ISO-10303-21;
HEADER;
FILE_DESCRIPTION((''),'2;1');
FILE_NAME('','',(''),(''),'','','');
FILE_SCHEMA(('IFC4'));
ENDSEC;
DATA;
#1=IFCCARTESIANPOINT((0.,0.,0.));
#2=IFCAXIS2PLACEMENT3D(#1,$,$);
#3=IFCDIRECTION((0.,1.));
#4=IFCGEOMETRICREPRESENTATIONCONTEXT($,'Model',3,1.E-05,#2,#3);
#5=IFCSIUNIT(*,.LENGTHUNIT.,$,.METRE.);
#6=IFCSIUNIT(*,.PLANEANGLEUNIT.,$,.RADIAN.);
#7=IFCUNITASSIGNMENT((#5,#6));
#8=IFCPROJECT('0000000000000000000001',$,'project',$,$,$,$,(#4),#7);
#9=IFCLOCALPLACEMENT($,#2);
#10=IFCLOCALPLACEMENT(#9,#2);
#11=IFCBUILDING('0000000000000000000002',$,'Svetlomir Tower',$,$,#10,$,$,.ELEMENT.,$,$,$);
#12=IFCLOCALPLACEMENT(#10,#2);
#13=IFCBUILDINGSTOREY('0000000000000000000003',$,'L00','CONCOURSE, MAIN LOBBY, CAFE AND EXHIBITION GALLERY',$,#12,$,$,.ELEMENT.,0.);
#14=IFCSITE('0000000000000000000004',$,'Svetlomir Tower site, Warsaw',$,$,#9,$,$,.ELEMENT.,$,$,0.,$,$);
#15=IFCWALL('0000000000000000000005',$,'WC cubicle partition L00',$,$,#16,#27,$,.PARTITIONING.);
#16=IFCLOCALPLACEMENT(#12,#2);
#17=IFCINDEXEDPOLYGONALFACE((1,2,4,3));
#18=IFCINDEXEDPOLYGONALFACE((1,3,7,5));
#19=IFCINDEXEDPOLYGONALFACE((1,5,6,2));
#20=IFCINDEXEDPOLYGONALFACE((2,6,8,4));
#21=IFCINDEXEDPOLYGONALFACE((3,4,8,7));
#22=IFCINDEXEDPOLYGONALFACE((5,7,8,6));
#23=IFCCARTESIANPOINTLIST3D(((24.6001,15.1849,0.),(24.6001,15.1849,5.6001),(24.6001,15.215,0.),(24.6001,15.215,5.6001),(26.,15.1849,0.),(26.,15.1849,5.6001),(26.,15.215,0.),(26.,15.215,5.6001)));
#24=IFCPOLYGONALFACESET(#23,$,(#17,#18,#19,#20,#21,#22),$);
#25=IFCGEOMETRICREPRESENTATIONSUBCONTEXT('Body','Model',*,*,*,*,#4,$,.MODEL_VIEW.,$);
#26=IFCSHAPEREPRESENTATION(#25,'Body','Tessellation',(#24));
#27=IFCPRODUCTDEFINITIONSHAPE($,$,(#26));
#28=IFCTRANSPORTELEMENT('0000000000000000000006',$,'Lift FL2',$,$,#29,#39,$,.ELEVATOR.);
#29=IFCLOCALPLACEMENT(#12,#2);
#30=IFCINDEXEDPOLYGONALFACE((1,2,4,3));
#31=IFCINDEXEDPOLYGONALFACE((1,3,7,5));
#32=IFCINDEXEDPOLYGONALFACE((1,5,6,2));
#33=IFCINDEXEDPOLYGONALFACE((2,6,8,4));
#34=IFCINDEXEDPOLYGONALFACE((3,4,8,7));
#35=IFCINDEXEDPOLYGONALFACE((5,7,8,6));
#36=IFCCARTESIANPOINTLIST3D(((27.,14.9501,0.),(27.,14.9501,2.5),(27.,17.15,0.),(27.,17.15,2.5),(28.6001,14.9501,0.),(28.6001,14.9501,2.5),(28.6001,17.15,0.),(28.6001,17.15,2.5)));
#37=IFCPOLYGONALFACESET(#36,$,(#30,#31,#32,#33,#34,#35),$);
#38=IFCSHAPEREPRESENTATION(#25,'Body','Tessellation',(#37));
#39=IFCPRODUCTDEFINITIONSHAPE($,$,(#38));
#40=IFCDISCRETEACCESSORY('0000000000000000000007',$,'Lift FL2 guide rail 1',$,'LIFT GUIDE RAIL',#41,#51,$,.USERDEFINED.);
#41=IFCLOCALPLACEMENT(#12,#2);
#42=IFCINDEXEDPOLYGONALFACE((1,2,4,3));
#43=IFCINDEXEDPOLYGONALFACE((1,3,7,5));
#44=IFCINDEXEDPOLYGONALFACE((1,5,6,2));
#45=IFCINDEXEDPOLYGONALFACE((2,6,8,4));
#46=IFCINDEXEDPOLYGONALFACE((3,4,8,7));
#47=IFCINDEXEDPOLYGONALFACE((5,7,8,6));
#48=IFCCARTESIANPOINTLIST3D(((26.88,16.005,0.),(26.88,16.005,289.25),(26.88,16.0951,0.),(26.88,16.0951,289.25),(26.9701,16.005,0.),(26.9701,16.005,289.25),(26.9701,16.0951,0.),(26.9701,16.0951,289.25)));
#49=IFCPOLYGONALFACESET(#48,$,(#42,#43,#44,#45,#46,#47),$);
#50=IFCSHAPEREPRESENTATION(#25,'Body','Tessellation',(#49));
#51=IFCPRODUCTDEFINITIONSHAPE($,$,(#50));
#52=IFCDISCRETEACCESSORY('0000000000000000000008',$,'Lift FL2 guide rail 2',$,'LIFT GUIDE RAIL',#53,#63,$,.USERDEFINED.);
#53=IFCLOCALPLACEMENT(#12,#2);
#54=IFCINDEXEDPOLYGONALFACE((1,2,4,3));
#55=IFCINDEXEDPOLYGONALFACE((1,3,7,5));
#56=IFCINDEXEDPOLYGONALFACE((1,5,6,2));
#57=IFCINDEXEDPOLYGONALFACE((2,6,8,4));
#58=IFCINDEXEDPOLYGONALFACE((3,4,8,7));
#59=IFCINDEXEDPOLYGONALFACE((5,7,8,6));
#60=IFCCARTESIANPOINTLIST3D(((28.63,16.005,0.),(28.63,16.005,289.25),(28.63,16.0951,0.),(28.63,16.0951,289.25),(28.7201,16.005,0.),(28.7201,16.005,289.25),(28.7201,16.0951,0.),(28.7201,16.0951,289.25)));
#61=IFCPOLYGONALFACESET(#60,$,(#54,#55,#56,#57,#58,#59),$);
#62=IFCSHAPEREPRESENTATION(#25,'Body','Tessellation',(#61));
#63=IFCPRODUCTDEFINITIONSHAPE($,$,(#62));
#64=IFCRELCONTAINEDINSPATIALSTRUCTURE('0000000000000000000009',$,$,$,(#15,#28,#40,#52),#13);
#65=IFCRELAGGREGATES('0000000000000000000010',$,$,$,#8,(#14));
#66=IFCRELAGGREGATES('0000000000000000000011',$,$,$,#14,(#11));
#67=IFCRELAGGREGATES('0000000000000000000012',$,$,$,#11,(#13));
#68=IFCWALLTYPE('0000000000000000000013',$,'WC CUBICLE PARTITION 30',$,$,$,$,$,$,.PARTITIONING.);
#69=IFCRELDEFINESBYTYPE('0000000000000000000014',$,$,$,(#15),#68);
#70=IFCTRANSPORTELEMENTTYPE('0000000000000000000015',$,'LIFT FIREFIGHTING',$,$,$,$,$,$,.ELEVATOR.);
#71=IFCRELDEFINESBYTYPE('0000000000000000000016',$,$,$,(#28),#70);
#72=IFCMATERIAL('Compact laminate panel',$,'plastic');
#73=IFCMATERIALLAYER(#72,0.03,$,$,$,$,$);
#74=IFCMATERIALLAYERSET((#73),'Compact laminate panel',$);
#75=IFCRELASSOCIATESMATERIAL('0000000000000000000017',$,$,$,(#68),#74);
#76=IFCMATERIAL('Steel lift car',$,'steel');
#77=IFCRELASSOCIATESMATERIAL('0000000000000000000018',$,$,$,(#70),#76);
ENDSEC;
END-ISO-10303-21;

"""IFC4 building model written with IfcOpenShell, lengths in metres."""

from ifc_helpers import new_model, si_unit, direction, frame, frame_2d, origin, origin_2d, place, context, subcontext, project, spatial, rectangle, extrude, material, layer, layer_set, type_object, element, save


model = new_model("IFC4")

# Units and contexts
model_context = context("Model", 3, precision=1e-05, world=origin(), true_north=direction((0.0, 1.0)))
body_context = subcontext(model_context, "Body", "Model", "MODEL_VIEW")
ifc_project = project(units=[si_unit("LENGTHUNIT", "METRE"), si_unit("PLANEANGLEUNIT", "RADIAN")], contexts=[model_context])

# Site, building, storey
site_placement = place(None, origin())
site = spatial("IfcSite", under=ifc_project, at=site_placement, Name="Svetlomir Tower site, Warsaw", CompositionType="ELEMENT", RefElevation=0.0)
building_placement = place(site_placement, origin())
building = spatial("IfcBuilding", under=site, at=building_placement, Name="Svetlomir Tower", CompositionType="ELEMENT")
storey_placement = place(building_placement, origin())
storey = spatial("IfcBuildingStorey", under=building, at=storey_placement, Name="L00", Description="CONCOURSE, MAIN LOBBY, CAFE AND EXHIBITION GALLERY", CompositionType="ELEMENT", Elevation=0.0)

# Wall
ifc_material_1 = material(Name="Compact laminate panel", Category="plastic")
ifc_layer_1 = layer(ifc_material_1, 0.03)
ifc_layer_set_1 = layer_set([ifc_layer_1], Name="Compact laminate panel")
wall_type_1 = type_object("IfcWallType", Name="WC CUBICLE PARTITION 30", PredefinedType="PARTITIONING", material=ifc_layer_set_1)
for number, where, z_axis, x_axis, name in (
    (1, (24.6001, 15.2, 0.0), (0.0, 0.0, 1.0), (1.0, 0.0, 0.0), "WC cubicle partition L00"),
):
    element("IfcWall", number, at=place(storey_placement, frame(where, z_axis=z_axis, x_axis=x_axis)), inside=storey, type_object=wall_type_1, Name=name, PredefinedType="PARTITIONING", context=body_context, shape_type="SweptSolid", body=[
        extrude(rectangle(XDim=1.3999, YDim=0.03, at=frame_2d((0.7, 0.0))), origin(), (0.0, 0.0, 1.0), 5.6001),
    ])

# Transport element
ifc_material_2 = material(Name="Steel lift car", Category="steel")
transport_element_type = type_object("IfcTransportElementType", Name="LIFT FIREFIGHTING", PredefinedType="ELEVATOR", material=ifc_material_2)
transport_element_placement = place(storey_placement, frame((27.8, 16.05, 0.0), z_axis=(0.0, 0.0, 1.0), x_axis=(1.0, 0.0, 0.0)))
element("IfcTransportElement", 2, at=transport_element_placement, inside=storey, type_object=transport_element_type, Name="Lift FL2", PredefinedType="ELEVATOR", context=body_context, shape_type="SweptSolid", body=[
    extrude(rectangle(XDim=1.6001, YDim=2.2, at=origin_2d()), origin(), (0.0, 0.0, 1.0), 2.5),
])

# Discrete accessories
for number, where, z_axis, x_axis, name in (
    (3, (26.925, 16.05, 0.0), (0.0, 0.0, 1.0), (1.0, 0.0, 0.0), "Lift FL2 guide rail 1"),
    (4, (28.675, 16.05, 0.0), (0.0, 0.0, 1.0), (1.0, 0.0, 0.0), "Lift FL2 guide rail 2"),
):
    element("IfcDiscreteAccessory", number, at=place(storey_placement, frame(where, z_axis=z_axis, x_axis=x_axis)), inside=storey, Name=name, ObjectType="LIFT GUIDE RAIL", PredefinedType="USERDEFINED", context=body_context, shape_type="SweptSolid", body=[
        extrude(rectangle(XDim=0.0901, YDim=0.0901, at=origin_2d()), origin(), (0.0, 0.0, 1.0), 289.25),
    ])

save(model, "model.ifc")
